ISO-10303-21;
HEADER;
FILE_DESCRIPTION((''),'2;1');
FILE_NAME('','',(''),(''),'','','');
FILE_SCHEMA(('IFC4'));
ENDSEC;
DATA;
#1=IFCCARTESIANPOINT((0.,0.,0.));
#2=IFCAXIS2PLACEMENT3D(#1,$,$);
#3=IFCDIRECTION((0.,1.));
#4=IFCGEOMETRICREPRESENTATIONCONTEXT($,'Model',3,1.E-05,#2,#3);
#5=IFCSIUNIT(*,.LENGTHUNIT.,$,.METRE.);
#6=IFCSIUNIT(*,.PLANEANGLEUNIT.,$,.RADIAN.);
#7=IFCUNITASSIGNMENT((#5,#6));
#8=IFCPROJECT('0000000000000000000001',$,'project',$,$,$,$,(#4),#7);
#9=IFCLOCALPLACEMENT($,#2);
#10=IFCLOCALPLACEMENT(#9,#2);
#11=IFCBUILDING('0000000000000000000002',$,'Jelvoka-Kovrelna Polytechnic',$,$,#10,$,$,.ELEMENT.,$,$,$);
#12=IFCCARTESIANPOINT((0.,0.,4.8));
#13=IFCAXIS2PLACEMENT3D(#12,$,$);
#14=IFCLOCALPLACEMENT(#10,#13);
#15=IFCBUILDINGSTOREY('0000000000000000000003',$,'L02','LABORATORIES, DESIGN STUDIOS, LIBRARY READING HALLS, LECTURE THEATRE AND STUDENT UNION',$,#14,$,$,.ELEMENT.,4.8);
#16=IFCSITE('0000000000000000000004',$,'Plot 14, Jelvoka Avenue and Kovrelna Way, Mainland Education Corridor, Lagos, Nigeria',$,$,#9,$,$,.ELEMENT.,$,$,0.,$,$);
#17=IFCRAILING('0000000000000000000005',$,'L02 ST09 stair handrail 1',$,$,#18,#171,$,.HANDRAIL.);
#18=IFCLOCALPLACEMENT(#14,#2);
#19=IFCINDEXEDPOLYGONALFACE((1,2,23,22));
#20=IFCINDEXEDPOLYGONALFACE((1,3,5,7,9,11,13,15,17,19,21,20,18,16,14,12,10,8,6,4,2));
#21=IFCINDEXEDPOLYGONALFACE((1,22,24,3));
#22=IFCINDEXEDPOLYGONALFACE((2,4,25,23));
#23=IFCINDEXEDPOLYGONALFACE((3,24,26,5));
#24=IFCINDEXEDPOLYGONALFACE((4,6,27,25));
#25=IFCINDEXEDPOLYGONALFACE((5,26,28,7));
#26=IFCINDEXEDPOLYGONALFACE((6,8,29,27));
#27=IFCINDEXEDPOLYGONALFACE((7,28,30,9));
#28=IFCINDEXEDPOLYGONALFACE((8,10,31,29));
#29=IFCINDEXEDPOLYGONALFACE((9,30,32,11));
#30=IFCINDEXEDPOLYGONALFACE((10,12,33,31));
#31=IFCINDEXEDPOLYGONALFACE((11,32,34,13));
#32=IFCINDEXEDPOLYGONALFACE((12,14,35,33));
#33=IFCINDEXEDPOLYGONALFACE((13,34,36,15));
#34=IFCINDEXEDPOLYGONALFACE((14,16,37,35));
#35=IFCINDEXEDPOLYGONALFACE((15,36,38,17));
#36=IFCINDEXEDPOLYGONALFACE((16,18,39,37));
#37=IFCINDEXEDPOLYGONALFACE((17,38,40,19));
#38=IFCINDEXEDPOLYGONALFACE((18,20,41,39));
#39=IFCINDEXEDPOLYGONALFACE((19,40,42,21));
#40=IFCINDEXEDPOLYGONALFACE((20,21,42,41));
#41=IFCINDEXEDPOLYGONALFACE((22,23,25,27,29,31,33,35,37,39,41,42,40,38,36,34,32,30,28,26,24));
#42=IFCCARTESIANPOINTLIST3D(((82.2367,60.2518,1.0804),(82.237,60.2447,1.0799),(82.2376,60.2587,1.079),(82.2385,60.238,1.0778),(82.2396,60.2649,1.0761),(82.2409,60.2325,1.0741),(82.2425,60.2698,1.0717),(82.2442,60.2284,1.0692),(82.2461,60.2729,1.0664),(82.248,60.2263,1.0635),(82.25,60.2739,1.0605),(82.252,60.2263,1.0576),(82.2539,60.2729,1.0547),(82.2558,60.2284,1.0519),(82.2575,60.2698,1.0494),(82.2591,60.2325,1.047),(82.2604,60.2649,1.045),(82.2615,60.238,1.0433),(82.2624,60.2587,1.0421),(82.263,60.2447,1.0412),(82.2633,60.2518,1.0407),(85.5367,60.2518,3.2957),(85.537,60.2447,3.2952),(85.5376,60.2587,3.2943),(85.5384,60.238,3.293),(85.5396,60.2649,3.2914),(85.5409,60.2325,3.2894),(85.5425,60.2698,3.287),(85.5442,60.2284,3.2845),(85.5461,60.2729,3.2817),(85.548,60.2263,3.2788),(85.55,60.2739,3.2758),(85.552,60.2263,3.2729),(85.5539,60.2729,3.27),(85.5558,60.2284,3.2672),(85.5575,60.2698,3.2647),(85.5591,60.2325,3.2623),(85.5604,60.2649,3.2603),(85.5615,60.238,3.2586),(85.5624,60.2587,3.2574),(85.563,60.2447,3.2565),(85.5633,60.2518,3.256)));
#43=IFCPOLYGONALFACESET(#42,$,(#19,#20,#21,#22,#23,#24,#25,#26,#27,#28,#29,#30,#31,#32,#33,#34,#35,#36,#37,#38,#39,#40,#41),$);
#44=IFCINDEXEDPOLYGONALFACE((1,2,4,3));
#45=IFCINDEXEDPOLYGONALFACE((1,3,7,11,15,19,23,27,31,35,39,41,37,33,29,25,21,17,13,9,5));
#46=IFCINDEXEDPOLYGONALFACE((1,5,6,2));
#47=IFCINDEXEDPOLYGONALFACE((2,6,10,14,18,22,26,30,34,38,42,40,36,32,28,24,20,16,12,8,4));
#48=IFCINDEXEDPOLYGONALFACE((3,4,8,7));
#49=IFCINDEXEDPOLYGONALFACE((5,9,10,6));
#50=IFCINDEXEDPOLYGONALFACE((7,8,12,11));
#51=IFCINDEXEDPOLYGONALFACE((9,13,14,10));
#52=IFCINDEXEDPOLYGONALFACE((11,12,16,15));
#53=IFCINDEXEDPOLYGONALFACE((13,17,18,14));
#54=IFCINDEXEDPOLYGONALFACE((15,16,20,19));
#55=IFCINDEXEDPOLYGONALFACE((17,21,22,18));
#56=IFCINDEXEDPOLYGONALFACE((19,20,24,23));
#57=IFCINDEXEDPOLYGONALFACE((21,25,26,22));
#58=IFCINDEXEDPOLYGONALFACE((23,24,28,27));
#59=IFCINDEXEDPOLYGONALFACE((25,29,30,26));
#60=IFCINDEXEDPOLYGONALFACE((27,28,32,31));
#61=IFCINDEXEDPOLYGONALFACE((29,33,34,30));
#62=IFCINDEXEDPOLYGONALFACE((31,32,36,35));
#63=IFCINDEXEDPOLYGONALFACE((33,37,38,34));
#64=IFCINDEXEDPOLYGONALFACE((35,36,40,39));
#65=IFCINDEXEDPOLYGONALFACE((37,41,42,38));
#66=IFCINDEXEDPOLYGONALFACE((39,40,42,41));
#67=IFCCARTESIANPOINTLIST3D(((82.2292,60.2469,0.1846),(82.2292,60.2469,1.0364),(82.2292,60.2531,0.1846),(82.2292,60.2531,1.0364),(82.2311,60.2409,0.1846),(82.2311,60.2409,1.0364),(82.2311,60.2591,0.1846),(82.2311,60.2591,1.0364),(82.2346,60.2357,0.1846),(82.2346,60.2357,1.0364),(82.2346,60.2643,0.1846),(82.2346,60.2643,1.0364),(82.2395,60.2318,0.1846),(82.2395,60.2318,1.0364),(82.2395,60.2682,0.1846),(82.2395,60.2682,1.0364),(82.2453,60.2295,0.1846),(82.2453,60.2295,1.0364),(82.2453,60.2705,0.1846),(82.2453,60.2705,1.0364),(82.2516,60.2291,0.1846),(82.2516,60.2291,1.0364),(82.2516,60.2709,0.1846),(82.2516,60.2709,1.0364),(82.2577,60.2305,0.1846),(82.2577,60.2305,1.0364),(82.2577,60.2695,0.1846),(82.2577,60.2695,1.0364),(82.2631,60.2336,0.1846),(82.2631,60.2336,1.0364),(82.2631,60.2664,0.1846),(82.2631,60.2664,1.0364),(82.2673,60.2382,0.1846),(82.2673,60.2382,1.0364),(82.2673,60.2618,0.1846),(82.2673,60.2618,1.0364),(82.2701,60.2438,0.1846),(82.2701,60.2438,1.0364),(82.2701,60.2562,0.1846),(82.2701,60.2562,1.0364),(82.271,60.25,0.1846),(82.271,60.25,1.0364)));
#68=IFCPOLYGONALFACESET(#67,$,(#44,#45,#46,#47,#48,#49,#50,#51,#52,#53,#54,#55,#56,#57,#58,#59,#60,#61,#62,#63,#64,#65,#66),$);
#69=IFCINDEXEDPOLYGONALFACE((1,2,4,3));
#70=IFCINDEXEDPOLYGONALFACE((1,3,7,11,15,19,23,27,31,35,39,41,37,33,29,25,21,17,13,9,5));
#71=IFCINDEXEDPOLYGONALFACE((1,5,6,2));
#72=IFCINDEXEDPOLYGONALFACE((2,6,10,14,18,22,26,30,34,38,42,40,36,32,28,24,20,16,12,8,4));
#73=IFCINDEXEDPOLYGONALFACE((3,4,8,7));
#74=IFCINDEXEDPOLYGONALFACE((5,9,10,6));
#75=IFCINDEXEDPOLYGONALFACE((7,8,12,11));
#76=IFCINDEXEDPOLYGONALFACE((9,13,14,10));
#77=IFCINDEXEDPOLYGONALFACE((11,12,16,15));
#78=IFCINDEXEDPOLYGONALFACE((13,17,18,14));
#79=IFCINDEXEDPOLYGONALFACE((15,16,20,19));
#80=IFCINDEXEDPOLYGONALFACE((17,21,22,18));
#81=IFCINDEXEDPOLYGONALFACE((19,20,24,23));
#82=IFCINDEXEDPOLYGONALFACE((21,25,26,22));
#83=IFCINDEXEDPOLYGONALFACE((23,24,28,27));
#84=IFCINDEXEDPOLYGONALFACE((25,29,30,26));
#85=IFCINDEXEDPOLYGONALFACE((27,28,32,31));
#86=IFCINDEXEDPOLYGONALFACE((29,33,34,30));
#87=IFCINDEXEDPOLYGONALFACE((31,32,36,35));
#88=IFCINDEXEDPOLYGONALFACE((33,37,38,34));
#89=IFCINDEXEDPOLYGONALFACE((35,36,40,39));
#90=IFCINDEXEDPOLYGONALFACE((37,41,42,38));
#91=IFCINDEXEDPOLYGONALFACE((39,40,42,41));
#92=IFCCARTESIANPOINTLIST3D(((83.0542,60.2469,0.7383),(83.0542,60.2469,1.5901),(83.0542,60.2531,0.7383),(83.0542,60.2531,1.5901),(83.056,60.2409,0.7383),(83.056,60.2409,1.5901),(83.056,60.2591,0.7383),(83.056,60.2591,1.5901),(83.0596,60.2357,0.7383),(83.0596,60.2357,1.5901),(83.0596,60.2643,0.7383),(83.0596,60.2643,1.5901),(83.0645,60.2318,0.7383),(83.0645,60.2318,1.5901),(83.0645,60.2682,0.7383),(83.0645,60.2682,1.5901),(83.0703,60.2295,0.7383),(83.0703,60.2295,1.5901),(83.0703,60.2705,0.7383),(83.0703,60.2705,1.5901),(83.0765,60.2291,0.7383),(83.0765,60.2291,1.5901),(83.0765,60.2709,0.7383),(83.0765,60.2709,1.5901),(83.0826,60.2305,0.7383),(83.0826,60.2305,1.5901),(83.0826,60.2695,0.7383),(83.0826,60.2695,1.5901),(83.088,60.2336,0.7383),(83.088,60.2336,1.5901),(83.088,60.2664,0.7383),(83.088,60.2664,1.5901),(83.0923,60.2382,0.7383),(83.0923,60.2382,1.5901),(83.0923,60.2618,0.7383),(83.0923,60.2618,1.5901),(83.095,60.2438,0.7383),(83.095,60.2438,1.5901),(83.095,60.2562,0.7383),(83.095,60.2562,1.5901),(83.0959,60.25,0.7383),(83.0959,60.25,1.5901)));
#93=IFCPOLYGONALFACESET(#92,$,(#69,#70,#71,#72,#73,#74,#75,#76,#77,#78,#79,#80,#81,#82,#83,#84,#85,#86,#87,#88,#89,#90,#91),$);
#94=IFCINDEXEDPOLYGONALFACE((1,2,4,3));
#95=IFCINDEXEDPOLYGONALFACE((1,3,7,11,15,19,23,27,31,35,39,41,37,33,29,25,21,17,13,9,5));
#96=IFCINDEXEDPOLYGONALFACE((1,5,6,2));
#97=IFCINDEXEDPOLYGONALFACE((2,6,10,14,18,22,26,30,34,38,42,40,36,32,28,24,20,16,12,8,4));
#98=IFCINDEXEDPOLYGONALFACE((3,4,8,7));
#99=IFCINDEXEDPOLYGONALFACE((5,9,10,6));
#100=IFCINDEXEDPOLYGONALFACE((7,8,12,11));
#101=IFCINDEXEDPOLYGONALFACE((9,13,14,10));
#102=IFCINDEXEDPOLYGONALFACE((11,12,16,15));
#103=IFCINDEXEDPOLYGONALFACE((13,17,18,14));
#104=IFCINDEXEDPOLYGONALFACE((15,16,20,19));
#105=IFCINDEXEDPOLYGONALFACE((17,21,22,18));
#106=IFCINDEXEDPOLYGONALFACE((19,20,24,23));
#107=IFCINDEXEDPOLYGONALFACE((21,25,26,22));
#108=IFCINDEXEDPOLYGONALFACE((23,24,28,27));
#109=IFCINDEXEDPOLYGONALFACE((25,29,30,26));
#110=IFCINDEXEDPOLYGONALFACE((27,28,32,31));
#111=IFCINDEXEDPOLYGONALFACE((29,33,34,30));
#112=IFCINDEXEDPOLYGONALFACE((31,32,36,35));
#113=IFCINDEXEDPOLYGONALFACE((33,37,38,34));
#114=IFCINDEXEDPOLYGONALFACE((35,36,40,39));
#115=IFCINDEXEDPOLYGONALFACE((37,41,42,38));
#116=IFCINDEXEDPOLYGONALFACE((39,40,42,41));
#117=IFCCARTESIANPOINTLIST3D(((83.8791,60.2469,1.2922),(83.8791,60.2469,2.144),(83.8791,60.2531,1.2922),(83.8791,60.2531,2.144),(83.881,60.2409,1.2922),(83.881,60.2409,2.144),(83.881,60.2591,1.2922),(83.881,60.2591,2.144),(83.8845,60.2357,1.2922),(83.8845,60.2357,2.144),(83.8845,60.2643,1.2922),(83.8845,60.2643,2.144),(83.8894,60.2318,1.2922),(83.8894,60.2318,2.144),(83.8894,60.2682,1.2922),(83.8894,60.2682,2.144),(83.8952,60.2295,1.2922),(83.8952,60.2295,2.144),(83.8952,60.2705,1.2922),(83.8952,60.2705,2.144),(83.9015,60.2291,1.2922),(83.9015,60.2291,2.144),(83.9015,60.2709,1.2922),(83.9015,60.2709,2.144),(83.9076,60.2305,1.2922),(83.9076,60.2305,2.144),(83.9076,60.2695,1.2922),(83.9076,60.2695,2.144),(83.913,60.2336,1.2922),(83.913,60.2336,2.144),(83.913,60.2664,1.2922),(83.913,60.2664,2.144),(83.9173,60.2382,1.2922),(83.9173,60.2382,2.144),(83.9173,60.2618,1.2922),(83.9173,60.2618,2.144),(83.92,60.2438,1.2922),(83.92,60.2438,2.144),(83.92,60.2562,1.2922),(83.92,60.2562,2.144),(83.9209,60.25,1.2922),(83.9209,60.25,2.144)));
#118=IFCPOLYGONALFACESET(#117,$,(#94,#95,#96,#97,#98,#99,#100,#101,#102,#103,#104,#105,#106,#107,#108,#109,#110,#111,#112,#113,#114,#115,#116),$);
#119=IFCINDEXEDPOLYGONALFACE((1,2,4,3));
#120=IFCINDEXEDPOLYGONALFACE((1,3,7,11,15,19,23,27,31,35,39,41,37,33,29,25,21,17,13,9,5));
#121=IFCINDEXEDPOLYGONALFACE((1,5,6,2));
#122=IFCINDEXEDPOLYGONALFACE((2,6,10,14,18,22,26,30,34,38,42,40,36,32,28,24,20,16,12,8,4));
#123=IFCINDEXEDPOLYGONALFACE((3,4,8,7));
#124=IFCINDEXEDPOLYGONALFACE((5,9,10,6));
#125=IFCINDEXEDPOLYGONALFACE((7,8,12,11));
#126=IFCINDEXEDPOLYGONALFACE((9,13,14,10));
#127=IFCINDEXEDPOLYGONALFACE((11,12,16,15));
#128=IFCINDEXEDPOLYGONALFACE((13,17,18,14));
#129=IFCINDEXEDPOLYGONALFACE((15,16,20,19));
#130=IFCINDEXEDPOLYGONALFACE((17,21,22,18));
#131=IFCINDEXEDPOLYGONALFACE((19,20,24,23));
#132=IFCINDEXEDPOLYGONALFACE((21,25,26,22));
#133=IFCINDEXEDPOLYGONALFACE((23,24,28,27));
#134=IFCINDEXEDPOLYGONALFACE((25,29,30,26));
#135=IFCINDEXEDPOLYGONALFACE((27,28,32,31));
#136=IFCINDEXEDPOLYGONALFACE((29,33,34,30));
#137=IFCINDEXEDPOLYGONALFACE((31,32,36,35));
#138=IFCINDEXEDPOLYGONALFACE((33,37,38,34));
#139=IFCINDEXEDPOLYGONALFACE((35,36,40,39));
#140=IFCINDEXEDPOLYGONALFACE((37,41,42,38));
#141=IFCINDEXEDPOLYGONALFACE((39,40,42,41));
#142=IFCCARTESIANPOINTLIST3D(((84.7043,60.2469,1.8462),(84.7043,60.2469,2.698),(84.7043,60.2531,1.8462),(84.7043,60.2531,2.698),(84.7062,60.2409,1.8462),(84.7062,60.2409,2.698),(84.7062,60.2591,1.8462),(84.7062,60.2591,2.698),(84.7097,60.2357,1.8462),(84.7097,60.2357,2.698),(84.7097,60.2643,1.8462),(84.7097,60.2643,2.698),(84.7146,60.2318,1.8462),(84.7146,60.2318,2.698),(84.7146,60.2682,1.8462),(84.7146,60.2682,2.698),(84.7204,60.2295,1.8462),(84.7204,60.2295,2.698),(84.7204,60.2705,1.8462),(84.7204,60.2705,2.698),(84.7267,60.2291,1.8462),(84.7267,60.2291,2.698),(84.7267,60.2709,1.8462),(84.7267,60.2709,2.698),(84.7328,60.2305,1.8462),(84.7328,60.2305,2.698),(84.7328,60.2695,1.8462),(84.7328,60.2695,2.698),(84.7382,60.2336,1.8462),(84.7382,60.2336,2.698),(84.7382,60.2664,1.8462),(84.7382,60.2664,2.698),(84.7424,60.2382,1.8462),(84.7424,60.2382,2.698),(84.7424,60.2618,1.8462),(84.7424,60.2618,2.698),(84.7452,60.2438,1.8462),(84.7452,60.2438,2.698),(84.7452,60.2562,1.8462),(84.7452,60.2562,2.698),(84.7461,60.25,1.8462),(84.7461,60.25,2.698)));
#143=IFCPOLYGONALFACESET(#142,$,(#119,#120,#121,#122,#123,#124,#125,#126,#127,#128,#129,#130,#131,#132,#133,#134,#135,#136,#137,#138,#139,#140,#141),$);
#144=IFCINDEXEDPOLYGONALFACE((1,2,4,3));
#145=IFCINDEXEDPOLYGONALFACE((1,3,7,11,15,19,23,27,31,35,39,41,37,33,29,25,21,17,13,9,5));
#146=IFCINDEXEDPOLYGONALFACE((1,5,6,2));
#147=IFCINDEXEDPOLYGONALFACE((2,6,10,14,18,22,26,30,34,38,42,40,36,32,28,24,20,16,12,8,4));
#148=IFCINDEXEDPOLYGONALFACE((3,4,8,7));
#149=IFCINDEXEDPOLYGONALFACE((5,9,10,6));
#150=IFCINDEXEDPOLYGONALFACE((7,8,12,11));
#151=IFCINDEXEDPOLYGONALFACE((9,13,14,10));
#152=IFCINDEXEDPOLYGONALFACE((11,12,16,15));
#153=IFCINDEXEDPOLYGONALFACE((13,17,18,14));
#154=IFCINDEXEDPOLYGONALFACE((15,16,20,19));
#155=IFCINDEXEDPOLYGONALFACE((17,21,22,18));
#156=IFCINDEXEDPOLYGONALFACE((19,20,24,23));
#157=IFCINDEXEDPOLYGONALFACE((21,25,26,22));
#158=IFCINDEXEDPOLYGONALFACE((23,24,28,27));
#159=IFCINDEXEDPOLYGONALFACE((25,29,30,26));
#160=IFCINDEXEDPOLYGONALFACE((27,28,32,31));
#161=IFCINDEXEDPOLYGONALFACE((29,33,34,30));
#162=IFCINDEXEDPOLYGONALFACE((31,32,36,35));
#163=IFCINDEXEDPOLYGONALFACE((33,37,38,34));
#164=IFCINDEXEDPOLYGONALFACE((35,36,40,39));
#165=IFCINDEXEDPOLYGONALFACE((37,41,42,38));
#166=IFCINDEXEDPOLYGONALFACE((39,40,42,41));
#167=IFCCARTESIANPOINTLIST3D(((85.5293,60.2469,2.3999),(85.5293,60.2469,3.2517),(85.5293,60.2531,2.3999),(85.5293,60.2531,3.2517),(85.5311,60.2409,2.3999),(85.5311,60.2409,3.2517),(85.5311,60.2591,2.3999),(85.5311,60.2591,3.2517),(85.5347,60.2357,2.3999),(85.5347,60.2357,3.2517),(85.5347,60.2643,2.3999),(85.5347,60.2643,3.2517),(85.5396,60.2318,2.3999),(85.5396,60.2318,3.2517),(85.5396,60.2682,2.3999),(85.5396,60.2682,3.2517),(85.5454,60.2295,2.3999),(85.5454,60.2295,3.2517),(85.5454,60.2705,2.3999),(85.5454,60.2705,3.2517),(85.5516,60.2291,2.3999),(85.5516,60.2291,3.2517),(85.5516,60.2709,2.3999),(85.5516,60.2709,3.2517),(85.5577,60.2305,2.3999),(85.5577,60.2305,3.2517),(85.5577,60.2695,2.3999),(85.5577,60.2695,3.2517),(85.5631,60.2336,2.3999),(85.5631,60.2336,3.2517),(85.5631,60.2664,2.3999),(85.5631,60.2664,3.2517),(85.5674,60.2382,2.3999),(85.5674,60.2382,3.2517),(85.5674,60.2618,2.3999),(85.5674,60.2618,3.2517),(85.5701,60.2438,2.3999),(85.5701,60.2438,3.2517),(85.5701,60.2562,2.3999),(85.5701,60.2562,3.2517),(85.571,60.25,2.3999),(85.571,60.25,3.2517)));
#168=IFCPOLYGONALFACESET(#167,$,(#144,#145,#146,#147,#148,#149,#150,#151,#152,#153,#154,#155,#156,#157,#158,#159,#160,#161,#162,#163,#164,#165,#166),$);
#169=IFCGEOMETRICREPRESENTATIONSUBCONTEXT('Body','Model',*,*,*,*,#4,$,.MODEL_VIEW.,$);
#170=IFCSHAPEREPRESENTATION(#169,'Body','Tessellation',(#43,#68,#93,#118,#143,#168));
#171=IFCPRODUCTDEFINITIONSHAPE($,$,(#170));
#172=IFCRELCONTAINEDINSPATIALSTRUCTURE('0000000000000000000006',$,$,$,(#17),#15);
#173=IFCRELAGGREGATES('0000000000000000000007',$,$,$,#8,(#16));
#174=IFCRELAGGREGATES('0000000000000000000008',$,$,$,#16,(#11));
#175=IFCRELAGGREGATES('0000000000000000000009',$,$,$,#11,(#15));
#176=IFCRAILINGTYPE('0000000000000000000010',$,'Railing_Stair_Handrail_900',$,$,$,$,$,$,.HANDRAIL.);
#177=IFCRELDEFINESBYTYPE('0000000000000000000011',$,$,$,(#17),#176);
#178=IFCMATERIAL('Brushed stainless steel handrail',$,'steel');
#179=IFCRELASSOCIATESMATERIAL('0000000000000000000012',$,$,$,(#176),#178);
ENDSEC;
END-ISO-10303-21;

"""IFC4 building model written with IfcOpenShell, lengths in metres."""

from ifc_helpers import new_model, si_unit, direction, frame, origin, origin_2d, place, context, subcontext, project, spatial, circle, extrude, material, type_object, element, save


model = new_model("IFC4")

# Units and contexts
model_context = context("Model", 3, precision=1e-05, world=origin(), true_north=direction((0.0, 1.0)))
body_context = subcontext(model_context, "Body", "Model", "MODEL_VIEW")
ifc_project = project(units=[si_unit("LENGTHUNIT", "METRE"), si_unit("PLANEANGLEUNIT", "RADIAN")], contexts=[model_context])

# Site, building, storey
site_placement = place(None, origin())
site = spatial("IfcSite", under=ifc_project, at=site_placement, Name="Plot 14, Jelvoka Avenue and Kovrelna Way, Mainland Education Corridor, Lagos, Nigeria", CompositionType="ELEMENT", RefElevation=0.0)
building_placement = place(site_placement, origin())
building = spatial("IfcBuilding", under=site, at=building_placement, Name="Jelvoka-Kovrelna Polytechnic", CompositionType="ELEMENT")
storey_placement = place(building_placement, frame((0.0, 0.0, 4.8)))
storey = spatial("IfcBuildingStorey", under=building, at=storey_placement, Name="L02", Description="LABORATORIES, DESIGN STUDIOS, LIBRARY READING HALLS, LECTURE THEATRE AND STUDENT UNION", CompositionType="ELEMENT", Elevation=4.8)

# Railing
ifc_material_1 = material(Name="Brushed stainless steel handrail", Category="steel")
railing_type_1 = type_object("IfcRailingType", Name="Railing_Stair_Handrail_900", PredefinedType="HANDRAIL", material=ifc_material_1)
railing_1_placement = place(storey_placement, frame((82.25, 60.25, 0.1846)))
element("IfcRailing", 1, at=railing_1_placement, inside=storey, type_object=railing_type_1, Name="L02 ST09 stair handrail 1", PredefinedType="HANDRAIL", context=body_context, shape_type="SweptSolid", body=[
    extrude(circle(Radius=0.0239, at=origin_2d()), frame((0.0, 0.0, 0.876), z_axis=(0.830269, 0.0, 0.557362), x_axis=(0.0, 1.0, 0.0)), (0.0, 0.0, 1.0), 3.9746),
    extrude(circle(Radius=0.021, at=origin_2d()), origin(), (0.0, 0.0, 1.0), 0.8518),
    extrude(circle(Radius=0.021, at=origin_2d()), frame((0.825, 0.0, 0.5537)), (0.0, 0.0, 1.0), 0.8518),
    extrude(circle(Radius=0.021, at=origin_2d()), frame((1.6499, 0.0, 1.1077)), (0.0, 0.0, 1.0), 0.8518),
    extrude(circle(Radius=0.021, at=origin_2d()), frame((2.4751, 0.0, 1.6616)), (0.0, 0.0, 1.0), 0.8518),
    extrude(circle(Radius=0.021, at=origin_2d()), frame((3.3, 0.0, 2.2153)), (0.0, 0.0, 1.0), 0.8518),
])

save(model, "model.ifc")
